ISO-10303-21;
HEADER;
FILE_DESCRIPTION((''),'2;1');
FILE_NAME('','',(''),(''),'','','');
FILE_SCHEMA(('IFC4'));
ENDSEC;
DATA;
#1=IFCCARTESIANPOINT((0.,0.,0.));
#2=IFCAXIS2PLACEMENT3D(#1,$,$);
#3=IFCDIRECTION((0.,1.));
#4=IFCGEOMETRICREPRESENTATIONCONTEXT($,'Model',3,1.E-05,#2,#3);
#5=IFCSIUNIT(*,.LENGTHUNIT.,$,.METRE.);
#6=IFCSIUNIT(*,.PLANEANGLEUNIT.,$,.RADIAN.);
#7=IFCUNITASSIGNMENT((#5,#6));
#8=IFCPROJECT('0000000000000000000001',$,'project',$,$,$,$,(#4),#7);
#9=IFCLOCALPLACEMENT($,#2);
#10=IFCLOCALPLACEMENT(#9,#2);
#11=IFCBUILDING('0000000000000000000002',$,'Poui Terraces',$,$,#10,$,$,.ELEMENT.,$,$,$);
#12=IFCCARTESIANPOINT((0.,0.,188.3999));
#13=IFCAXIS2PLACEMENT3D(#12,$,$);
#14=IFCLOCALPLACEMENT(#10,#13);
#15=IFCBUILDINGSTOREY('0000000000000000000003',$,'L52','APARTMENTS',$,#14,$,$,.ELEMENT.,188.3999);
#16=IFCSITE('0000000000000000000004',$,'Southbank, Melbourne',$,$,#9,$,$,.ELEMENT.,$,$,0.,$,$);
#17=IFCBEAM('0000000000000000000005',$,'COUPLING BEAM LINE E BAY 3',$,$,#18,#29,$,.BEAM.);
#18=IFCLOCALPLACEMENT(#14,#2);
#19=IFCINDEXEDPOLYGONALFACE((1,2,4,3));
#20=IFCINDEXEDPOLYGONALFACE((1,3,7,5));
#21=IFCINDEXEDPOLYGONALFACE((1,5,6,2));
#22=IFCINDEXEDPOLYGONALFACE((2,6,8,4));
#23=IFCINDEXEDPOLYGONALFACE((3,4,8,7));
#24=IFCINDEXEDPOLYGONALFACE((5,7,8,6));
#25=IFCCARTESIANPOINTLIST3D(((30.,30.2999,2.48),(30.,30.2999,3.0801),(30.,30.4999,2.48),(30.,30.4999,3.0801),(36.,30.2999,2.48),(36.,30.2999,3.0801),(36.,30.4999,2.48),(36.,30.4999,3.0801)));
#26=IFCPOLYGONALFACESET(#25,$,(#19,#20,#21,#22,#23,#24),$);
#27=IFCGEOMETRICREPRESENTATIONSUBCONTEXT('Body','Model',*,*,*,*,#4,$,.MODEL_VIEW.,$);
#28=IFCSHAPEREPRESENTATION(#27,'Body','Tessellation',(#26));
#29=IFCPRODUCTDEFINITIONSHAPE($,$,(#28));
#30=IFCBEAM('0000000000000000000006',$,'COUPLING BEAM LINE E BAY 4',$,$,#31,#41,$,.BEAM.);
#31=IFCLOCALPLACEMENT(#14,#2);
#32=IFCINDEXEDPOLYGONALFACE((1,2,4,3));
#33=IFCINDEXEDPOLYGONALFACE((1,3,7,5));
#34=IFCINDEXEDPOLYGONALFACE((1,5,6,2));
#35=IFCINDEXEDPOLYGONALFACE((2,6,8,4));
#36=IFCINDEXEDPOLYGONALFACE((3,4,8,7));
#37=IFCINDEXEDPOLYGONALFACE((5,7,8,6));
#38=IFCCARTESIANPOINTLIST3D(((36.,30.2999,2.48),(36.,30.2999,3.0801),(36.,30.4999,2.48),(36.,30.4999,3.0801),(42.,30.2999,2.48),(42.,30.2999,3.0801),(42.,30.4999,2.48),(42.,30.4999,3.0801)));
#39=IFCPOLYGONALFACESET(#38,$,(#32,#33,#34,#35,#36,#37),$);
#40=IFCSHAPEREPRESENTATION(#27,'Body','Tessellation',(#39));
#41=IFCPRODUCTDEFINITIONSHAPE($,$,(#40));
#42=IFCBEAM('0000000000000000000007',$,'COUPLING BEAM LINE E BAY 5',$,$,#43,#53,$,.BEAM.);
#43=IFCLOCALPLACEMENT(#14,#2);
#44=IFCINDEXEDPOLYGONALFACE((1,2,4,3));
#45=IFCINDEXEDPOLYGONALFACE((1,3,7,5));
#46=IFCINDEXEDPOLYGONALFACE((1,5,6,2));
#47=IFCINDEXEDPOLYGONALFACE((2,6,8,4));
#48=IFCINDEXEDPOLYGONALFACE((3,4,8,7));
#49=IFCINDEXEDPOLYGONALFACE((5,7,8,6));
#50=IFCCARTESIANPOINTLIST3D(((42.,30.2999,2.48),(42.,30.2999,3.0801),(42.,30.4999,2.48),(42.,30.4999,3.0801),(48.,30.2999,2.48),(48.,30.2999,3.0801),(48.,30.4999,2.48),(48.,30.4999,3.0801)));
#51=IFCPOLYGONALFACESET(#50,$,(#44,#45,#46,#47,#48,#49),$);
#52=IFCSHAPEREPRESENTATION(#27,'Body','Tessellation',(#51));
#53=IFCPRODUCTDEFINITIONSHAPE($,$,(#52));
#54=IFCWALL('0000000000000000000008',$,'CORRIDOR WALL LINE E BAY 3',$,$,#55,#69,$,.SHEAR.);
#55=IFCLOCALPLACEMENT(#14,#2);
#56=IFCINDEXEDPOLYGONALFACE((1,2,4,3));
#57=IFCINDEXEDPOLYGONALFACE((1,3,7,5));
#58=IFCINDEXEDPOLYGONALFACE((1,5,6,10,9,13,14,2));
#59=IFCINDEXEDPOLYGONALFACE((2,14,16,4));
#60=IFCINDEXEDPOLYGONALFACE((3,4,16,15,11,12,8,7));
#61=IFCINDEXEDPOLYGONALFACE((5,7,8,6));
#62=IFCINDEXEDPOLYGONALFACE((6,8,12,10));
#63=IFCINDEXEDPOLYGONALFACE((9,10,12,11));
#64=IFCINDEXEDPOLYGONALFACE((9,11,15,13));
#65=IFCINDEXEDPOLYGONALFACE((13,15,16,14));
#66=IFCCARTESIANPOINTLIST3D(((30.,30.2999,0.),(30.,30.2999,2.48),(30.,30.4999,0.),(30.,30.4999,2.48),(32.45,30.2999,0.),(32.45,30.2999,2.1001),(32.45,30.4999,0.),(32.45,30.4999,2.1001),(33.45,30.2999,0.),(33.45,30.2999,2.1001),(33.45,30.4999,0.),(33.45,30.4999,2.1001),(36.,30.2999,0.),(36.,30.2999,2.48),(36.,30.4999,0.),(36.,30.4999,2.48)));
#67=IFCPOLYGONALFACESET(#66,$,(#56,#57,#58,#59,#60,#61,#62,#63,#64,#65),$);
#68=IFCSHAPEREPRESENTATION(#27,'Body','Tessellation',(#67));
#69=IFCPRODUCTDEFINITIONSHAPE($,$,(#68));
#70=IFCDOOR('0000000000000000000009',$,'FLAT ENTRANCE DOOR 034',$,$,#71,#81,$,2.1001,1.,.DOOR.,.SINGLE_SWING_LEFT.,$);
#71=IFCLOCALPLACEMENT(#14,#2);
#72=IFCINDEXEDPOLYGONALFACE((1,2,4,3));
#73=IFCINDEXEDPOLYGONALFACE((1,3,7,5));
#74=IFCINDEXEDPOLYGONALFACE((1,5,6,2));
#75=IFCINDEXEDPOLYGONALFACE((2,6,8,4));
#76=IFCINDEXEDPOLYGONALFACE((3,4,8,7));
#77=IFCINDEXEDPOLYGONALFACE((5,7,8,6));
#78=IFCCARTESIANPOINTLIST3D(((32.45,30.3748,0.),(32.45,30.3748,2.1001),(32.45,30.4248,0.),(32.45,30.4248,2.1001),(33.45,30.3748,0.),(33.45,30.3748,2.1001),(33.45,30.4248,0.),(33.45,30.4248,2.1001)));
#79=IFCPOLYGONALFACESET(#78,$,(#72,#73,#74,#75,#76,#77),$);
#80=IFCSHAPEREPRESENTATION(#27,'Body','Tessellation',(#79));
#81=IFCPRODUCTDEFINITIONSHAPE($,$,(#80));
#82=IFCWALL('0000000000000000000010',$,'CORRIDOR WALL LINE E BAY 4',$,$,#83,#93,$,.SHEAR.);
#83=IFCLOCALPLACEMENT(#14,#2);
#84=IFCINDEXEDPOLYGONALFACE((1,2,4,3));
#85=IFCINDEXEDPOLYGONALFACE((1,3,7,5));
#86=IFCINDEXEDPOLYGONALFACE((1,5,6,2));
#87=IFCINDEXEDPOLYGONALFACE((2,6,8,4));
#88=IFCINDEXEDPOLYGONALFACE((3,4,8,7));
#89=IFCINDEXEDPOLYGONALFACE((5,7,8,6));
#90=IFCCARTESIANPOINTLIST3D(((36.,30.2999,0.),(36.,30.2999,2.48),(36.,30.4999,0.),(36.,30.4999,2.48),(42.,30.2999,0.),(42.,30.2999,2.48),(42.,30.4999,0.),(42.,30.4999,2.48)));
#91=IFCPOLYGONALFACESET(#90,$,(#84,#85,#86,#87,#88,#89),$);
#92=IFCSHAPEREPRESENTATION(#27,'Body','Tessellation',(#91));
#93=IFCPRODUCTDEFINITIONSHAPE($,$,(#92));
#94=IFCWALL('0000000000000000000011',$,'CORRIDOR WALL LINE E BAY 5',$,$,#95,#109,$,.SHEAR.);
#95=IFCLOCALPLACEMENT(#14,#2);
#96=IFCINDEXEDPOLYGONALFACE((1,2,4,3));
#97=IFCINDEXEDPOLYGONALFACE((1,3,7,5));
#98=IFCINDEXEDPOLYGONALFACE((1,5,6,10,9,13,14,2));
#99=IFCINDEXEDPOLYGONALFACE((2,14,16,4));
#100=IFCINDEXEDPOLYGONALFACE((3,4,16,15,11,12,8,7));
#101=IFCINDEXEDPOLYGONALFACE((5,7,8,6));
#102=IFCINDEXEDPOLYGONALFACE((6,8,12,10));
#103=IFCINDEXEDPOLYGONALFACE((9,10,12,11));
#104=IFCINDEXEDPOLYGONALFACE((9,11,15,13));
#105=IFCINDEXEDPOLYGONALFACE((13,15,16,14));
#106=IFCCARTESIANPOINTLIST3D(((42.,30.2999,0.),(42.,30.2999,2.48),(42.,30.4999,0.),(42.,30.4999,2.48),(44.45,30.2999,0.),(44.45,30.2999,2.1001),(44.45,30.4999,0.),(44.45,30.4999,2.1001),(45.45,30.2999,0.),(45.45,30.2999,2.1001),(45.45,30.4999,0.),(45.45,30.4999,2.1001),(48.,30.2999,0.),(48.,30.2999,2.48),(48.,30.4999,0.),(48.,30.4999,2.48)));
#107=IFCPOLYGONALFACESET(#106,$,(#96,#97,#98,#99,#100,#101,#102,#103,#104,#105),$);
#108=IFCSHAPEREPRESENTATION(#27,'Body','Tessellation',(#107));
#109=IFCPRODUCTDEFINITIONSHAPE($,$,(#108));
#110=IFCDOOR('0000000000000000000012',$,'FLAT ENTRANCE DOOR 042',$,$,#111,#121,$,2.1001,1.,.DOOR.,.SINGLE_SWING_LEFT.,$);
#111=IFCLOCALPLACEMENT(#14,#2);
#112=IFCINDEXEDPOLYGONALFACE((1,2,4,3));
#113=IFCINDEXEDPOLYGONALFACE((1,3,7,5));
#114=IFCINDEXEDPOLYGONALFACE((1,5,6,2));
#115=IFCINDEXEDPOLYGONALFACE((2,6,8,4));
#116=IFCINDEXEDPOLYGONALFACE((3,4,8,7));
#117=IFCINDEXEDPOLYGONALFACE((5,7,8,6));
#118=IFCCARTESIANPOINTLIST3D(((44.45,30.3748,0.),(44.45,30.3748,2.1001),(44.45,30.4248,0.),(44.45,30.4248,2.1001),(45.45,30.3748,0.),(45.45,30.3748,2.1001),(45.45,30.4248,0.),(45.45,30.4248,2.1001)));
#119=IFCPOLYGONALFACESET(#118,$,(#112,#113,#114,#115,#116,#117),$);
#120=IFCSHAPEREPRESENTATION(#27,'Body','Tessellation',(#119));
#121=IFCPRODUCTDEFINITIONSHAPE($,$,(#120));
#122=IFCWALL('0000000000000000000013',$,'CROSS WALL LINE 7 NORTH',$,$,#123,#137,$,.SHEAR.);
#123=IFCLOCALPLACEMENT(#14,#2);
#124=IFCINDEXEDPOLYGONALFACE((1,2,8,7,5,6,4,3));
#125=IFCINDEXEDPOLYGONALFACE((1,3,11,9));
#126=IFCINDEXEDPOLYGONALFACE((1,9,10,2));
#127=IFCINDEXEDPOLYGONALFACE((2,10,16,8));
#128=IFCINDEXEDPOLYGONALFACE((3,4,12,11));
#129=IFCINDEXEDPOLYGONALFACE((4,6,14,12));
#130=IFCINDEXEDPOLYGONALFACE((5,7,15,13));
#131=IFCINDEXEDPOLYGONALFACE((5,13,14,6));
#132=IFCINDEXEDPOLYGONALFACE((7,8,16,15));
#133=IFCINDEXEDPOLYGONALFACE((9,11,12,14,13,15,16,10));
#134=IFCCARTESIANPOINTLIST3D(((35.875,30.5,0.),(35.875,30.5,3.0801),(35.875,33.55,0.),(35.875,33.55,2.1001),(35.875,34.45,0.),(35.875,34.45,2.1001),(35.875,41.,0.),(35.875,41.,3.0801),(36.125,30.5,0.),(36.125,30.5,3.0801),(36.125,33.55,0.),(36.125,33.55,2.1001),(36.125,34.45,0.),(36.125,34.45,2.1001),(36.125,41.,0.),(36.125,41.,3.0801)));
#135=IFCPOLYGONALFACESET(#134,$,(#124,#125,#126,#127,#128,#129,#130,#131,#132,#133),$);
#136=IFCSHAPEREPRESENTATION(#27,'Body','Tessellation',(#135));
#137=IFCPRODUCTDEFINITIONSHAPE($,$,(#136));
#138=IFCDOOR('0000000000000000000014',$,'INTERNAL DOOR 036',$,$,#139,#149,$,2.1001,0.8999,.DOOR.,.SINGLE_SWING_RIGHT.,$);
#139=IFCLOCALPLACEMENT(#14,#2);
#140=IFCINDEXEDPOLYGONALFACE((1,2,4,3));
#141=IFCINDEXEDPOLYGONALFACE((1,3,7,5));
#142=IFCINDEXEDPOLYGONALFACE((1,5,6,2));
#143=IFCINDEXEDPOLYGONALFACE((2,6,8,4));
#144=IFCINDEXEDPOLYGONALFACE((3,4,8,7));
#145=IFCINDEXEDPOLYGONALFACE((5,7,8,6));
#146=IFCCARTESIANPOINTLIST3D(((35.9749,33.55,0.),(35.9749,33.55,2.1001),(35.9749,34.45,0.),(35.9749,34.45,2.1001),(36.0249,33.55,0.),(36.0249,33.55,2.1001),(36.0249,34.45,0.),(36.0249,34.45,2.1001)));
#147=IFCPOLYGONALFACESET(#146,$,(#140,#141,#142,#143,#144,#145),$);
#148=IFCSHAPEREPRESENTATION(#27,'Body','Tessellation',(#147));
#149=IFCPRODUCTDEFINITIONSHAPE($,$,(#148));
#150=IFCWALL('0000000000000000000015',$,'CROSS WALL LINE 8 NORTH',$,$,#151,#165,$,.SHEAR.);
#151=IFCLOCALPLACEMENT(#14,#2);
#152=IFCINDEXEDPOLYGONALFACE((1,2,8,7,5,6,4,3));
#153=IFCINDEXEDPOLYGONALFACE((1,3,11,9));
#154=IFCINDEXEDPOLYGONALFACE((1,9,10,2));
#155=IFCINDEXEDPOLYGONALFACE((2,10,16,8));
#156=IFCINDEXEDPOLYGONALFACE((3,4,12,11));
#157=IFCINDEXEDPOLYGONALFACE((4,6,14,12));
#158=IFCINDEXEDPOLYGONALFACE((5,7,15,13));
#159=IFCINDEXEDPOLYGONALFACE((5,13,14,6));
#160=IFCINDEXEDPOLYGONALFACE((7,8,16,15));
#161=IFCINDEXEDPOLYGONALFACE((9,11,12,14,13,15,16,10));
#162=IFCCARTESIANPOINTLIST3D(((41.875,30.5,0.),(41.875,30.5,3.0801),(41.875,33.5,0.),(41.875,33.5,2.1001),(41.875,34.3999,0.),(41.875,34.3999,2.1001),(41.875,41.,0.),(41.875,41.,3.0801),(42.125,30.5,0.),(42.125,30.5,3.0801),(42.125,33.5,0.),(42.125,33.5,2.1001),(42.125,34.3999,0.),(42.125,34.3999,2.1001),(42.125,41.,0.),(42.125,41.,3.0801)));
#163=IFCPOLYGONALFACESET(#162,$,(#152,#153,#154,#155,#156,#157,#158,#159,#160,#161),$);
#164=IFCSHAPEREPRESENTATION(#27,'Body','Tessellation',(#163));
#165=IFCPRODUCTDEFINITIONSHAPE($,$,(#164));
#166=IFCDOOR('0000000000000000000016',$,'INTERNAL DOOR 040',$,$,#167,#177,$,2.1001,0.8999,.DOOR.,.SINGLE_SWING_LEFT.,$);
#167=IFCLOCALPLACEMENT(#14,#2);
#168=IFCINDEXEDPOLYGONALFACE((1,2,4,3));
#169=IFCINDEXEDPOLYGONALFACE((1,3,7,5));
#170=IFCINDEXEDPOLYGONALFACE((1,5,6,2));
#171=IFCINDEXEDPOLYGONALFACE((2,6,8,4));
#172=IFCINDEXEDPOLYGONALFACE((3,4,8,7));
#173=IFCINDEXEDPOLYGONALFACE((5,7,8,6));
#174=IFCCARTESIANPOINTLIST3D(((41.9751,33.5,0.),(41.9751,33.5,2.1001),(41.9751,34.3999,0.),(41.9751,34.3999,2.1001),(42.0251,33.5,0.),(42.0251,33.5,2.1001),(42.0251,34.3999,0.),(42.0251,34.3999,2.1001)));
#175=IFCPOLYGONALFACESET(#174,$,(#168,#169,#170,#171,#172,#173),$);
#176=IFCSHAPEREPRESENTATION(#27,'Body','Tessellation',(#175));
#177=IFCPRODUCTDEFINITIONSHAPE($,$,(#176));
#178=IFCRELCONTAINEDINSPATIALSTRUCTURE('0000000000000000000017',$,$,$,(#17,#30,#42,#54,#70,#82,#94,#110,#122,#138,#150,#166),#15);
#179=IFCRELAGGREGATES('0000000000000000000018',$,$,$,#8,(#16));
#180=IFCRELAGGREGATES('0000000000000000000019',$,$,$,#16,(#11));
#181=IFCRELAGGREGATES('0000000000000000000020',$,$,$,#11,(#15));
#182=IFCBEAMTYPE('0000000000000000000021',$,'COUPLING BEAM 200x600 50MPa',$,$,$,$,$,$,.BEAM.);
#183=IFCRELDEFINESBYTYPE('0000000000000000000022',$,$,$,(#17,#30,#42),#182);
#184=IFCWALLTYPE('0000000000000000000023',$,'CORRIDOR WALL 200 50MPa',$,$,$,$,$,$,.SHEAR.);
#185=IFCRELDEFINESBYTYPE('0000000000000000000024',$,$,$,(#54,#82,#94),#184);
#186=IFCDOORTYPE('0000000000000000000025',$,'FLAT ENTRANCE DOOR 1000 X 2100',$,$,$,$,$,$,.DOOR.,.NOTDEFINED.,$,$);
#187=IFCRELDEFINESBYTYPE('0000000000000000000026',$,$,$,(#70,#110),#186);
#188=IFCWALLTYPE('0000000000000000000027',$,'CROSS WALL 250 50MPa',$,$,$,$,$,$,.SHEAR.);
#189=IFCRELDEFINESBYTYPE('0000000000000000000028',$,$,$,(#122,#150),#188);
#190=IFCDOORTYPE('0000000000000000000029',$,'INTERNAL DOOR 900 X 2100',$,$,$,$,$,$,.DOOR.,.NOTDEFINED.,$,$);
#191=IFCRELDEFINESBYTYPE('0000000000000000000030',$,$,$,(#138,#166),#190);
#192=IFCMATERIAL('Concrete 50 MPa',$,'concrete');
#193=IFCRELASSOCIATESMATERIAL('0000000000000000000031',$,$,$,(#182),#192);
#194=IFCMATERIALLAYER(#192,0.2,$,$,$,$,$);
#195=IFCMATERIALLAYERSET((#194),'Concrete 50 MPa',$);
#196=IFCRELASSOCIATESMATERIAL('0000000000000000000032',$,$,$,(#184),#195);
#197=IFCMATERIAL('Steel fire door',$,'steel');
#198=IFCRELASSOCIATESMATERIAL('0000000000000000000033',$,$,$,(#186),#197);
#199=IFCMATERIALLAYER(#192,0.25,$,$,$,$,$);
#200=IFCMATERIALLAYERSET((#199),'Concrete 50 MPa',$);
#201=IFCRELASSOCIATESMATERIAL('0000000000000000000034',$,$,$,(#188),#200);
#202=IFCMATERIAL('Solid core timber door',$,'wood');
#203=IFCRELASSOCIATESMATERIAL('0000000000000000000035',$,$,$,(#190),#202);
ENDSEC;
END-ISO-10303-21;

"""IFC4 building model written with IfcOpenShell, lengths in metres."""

from ifc_helpers import new_model, si_unit, direction, frame, frame_2d, origin, origin_2d, place, context, subcontext, project, spatial, rectangle, extrude, source, transform, mapped, material, layer, layer_set, material_profile, profile_set, type_object, element, fill, save


model = new_model("IFC4")

# Units and contexts
model_context = context("Model", 3, precision=1e-05, world=origin(), true_north=direction((0.0, 1.0)))
body_context = subcontext(model_context, "Body", "Model", "MODEL_VIEW")
ifc_project = project(units=[si_unit("LENGTHUNIT", "METRE"), si_unit("PLANEANGLEUNIT", "RADIAN")], contexts=[model_context])

# Site, building, storey
site_placement = place(None, origin())
site = spatial("IfcSite", under=ifc_project, at=site_placement, Name="Southbank, Melbourne", CompositionType="ELEMENT", RefElevation=0.0)
building_placement = place(site_placement, origin())
building = spatial("IfcBuilding", under=site, at=building_placement, Name="Poui Terraces", CompositionType="ELEMENT")
storey_placement = place(building_placement, frame((0.0, 0.0, 188.3999)))
storey = spatial("IfcBuildingStorey", under=building, at=storey_placement, Name="L52", Description="APARTMENTS", CompositionType="ELEMENT", Elevation=188.3999)

# Beams
ifc_material_1 = material(Name="Concrete 50 MPa", Category="concrete")
ifc_material_profile = material_profile(ifc_material_1, rectangle(XDim=0.2, YDim=0.6001, at=origin_2d()), Name="RC 200x600")
ifc_profile_set = profile_set([ifc_material_profile], Name="Concrete 50 MPa")
beam_type = type_object("IfcBeamType", Name="COUPLING BEAM 200x600 50MPa", PredefinedType="BEAM", material=ifc_profile_set)
shared_shape = source(origin(), body_context, "Body", "SweptSolid", [
    extrude(rectangle(XDim=0.2, YDim=0.6001, at=origin_2d()), origin(), (0.0, 0.0, 1.0), 6.0),
])
for number, where, z_axis, x_axis, name in (
    (1, (30.0, 30.3999, 2.78), (1.0, 0.0, 0.0), (0.0, 1.0, 0.0), "COUPLING BEAM LINE E BAY 3"),
    (2, (36.0, 30.3999, 2.78), (1.0, 0.0, 0.0), (0.0, 1.0, 0.0), "COUPLING BEAM LINE E BAY 4"),
    (3, (42.0, 30.3999, 2.78), (1.0, 0.0, 0.0), (0.0, 1.0, 0.0), "COUPLING BEAM LINE E BAY 5"),
):
    element("IfcBeam", number, at=place(storey_placement, frame(where, z_axis=z_axis, x_axis=x_axis)), inside=storey, type_object=beam_type, Name=name, PredefinedType="BEAM", context=body_context, shape_type="MappedRepresentation", body=[
        mapped(shared_shape, transform((0.0, 0.0, 0.0))),
    ])

# Wall, opening, door
ifc_layer_1 = layer(ifc_material_1, 0.2)
ifc_layer_set_1 = layer_set([ifc_layer_1], Name="Concrete 50 MPa")
wall_type_1 = type_object("IfcWallType", Name="CORRIDOR WALL 200 50MPa", PredefinedType="SHEAR", material=ifc_layer_set_1)
wall_1_placement = place(storey_placement, frame((30.0, 30.3999, 0.0), z_axis=(0.0, 0.0, 1.0), x_axis=(1.0, 0.0, 0.0)))
wall_1 = element("IfcWall", 4, at=wall_1_placement, inside=storey, type_object=wall_type_1, Name="CORRIDOR WALL LINE E BAY 3", PredefinedType="SHEAR", context=body_context, shape_type="SweptSolid", body=[
    extrude(rectangle(XDim=6.0, YDim=0.2, at=frame_2d((3.0, 0.0))), origin(), (0.0, 0.0, 1.0), 2.48),
])
opening_1_placement = place(wall_1_placement, frame((2.45, 0.0, 0.0)))
opening_1 = element("IfcOpeningElement", 5, at=opening_1_placement, cuts=wall_1, PredefinedType="OPENING", context=body_context, shape_type="SweptSolid", body=[
    extrude(rectangle(XDim=1.0, YDim=2.1001, at=frame_2d((0.5, 1.05))), frame((0.0, 0.1099, 0.0), z_axis=(0.0, -1.0, 0.0), x_axis=(1.0, 0.0, 0.0)), (0.0, 0.0, 1.0), 0.22),
])
ifc_material_2 = material(Name="Steel fire door", Category="steel")
door_type_1 = type_object("IfcDoorType", Name="FLAT ENTRANCE DOOR 1000 X 2100", OperationType="NOTDEFINED", PredefinedType="DOOR", material=ifc_material_2)
door_1_placement = place(opening_1_placement, origin())
door_1 = element("IfcDoor", 6, at=door_1_placement, inside=storey, type_object=door_type_1, Name="FLAT ENTRANCE DOOR 034", OperationType="SINGLE_SWING_LEFT", OverallHeight=2.1001, OverallWidth=1.0, PredefinedType="DOOR", context=body_context, shape_type="SweptSolid", body=[
    extrude(rectangle(XDim=1.0, YDim=2.1001, at=frame_2d((0.5, 1.05))), frame((0.0, 0.0249, 0.0), z_axis=(0.0, -1.0, 0.0), x_axis=(1.0, 0.0, 0.0)), (0.0, 0.0, 1.0), 0.05),
])
fill(opening_1, door_1)

# Wall
wall_2_placement = place(storey_placement, frame((36.0, 30.3999, 0.0), z_axis=(0.0, 0.0, 1.0), x_axis=(1.0, 0.0, 0.0)))
element("IfcWall", 7, at=wall_2_placement, inside=storey, type_object=wall_type_1, Name="CORRIDOR WALL LINE E BAY 4", PredefinedType="SHEAR", context=body_context, shape_type="SweptSolid", body=[
    extrude(rectangle(XDim=6.0, YDim=0.2, at=frame_2d((3.0, 0.0))), origin(), (0.0, 0.0, 1.0), 2.48),
])

# Walls, openings, doors
wall_3_placement = place(storey_placement, frame((42.0, 30.3999, 0.0), z_axis=(0.0, 0.0, 1.0), x_axis=(1.0, 0.0, 0.0)))
wall_3 = element("IfcWall", 8, at=wall_3_placement, inside=storey, type_object=wall_type_1, Name="CORRIDOR WALL LINE E BAY 5", PredefinedType="SHEAR", context=body_context, shape_type="SweptSolid", body=[
    extrude(rectangle(XDim=6.0, YDim=0.2, at=frame_2d((3.0, 0.0))), origin(), (0.0, 0.0, 1.0), 2.48),
])
opening_2_placement = place(wall_3_placement, frame((2.45, 0.0, 0.0)))
opening_2 = element("IfcOpeningElement", 9, at=opening_2_placement, cuts=wall_3, PredefinedType="OPENING", context=body_context, shape_type="SweptSolid", body=[
    extrude(rectangle(XDim=1.0, YDim=2.1001, at=frame_2d((0.5, 1.05))), frame((0.0, 0.1099, 0.0), z_axis=(0.0, -1.0, 0.0), x_axis=(1.0, 0.0, 0.0)), (0.0, 0.0, 1.0), 0.22),
])
door_2_placement = place(opening_2_placement, origin())
door_2 = element("IfcDoor", 10, at=door_2_placement, inside=storey, type_object=door_type_1, Name="FLAT ENTRANCE DOOR 042", OperationType="SINGLE_SWING_LEFT", OverallHeight=2.1001, OverallWidth=1.0, PredefinedType="DOOR", context=body_context, shape_type="SweptSolid", body=[
    extrude(rectangle(XDim=1.0, YDim=2.1001, at=frame_2d((0.5, 1.05))), frame((0.0, 0.0249, 0.0), z_axis=(0.0, -1.0, 0.0), x_axis=(1.0, 0.0, 0.0)), (0.0, 0.0, 1.0), 0.05),
])
fill(opening_2, door_2)
ifc_layer_2 = layer(ifc_material_1, 0.25)
ifc_layer_set_2 = layer_set([ifc_layer_2], Name="Concrete 50 MPa")
wall_type_2 = type_object("IfcWallType", Name="CROSS WALL 250 50MPa", PredefinedType="SHEAR", material=ifc_layer_set_2)
wall_4_placement = place(storey_placement, frame((36.0, 30.5, 0.0), z_axis=(0.0, 0.0, 1.0), x_axis=(0.0, 1.0, 0.0)))
wall_4 = element("IfcWall", 11, at=wall_4_placement, inside=storey, type_object=wall_type_2, Name="CROSS WALL LINE 7 NORTH", PredefinedType="SHEAR", context=body_context, shape_type="SweptSolid", body=[
    extrude(rectangle(XDim=10.5, YDim=0.25, at=frame_2d((5.25, 0.0))), origin(), (0.0, 0.0, 1.0), 3.0801),
])
opening_3_placement = place(wall_4_placement, frame((3.05, 0.0, 0.0)))
opening_3 = element("IfcOpeningElement", 12, at=opening_3_placement, cuts=wall_4, PredefinedType="OPENING", context=body_context, shape_type="SweptSolid", body=[
    extrude(rectangle(XDim=0.8999, YDim=2.1001, at=frame_2d((0.45, 1.05))), frame((0.0, 0.135, 0.0), z_axis=(0.0, -1.0, 0.0), x_axis=(1.0, 0.0, 0.0)), (0.0, 0.0, 1.0), 0.27),
])
ifc_material_3 = material(Name="Solid core timber door", Category="wood")
door_type_2 = type_object("IfcDoorType", Name="INTERNAL DOOR 900 X 2100", OperationType="NOTDEFINED", PredefinedType="DOOR", material=ifc_material_3)
door_3_placement = place(opening_3_placement, frame((0.8999, 0.0, 0.0), z_axis=(0.0, 0.0, 1.0), x_axis=(-1.0, 0.0, 0.0)))
door_3 = element("IfcDoor", 13, at=door_3_placement, inside=storey, type_object=door_type_2, Name="INTERNAL DOOR 036", OperationType="SINGLE_SWING_RIGHT", OverallHeight=2.1001, OverallWidth=0.8999, PredefinedType="DOOR", context=body_context, shape_type="SweptSolid", body=[
    extrude(rectangle(XDim=0.8999, YDim=2.1001, at=frame_2d((0.45, 1.05))), frame((0.0, 0.0249, 0.0), z_axis=(0.0, -1.0, 0.0), x_axis=(1.0, 0.0, 0.0)), (0.0, 0.0, 1.0), 0.05),
])
fill(opening_3, door_3)
wall_5_placement = place(storey_placement, frame((42.0, 30.5, 0.0), z_axis=(0.0, 0.0, 1.0), x_axis=(0.0, 1.0, 0.0)))
wall_5 = element("IfcWall", 14, at=wall_5_placement, inside=storey, type_object=wall_type_2, Name="CROSS WALL LINE 8 NORTH", PredefinedType="SHEAR", context=body_context, shape_type="SweptSolid", body=[
    extrude(rectangle(XDim=10.5, YDim=0.25, at=frame_2d((5.25, 0.0))), origin(), (0.0, 0.0, 1.0), 3.0801),
])
opening_4_placement = place(wall_5_placement, frame((3.0, 0.0, 0.0)))
opening_4 = element("IfcOpeningElement", 15, at=opening_4_placement, cuts=wall_5, PredefinedType="OPENING", context=body_context, shape_type="SweptSolid", body=[
    extrude(rectangle(XDim=0.8999, YDim=2.1001, at=frame_2d((0.45, 1.05))), frame((0.0, 0.135, 0.0), z_axis=(0.0, -1.0, 0.0), x_axis=(1.0, 0.0, 0.0)), (0.0, 0.0, 1.0), 0.27),
])
door_4_placement = place(opening_4_placement, origin())
door_4 = element("IfcDoor", 16, at=door_4_placement, inside=storey, type_object=door_type_2, Name="INTERNAL DOOR 040", OperationType="SINGLE_SWING_LEFT", OverallHeight=2.1001, OverallWidth=0.8999, PredefinedType="DOOR", context=body_context, shape_type="SweptSolid", body=[
    extrude(rectangle(XDim=0.8999, YDim=2.1001, at=frame_2d((0.45, 1.05))), frame((0.0, 0.0249, 0.0), z_axis=(0.0, -1.0, 0.0), x_axis=(1.0, 0.0, 0.0)), (0.0, 0.0, 1.0), 0.05),
])
fill(opening_4, door_4)

save(model, "model.ifc")
